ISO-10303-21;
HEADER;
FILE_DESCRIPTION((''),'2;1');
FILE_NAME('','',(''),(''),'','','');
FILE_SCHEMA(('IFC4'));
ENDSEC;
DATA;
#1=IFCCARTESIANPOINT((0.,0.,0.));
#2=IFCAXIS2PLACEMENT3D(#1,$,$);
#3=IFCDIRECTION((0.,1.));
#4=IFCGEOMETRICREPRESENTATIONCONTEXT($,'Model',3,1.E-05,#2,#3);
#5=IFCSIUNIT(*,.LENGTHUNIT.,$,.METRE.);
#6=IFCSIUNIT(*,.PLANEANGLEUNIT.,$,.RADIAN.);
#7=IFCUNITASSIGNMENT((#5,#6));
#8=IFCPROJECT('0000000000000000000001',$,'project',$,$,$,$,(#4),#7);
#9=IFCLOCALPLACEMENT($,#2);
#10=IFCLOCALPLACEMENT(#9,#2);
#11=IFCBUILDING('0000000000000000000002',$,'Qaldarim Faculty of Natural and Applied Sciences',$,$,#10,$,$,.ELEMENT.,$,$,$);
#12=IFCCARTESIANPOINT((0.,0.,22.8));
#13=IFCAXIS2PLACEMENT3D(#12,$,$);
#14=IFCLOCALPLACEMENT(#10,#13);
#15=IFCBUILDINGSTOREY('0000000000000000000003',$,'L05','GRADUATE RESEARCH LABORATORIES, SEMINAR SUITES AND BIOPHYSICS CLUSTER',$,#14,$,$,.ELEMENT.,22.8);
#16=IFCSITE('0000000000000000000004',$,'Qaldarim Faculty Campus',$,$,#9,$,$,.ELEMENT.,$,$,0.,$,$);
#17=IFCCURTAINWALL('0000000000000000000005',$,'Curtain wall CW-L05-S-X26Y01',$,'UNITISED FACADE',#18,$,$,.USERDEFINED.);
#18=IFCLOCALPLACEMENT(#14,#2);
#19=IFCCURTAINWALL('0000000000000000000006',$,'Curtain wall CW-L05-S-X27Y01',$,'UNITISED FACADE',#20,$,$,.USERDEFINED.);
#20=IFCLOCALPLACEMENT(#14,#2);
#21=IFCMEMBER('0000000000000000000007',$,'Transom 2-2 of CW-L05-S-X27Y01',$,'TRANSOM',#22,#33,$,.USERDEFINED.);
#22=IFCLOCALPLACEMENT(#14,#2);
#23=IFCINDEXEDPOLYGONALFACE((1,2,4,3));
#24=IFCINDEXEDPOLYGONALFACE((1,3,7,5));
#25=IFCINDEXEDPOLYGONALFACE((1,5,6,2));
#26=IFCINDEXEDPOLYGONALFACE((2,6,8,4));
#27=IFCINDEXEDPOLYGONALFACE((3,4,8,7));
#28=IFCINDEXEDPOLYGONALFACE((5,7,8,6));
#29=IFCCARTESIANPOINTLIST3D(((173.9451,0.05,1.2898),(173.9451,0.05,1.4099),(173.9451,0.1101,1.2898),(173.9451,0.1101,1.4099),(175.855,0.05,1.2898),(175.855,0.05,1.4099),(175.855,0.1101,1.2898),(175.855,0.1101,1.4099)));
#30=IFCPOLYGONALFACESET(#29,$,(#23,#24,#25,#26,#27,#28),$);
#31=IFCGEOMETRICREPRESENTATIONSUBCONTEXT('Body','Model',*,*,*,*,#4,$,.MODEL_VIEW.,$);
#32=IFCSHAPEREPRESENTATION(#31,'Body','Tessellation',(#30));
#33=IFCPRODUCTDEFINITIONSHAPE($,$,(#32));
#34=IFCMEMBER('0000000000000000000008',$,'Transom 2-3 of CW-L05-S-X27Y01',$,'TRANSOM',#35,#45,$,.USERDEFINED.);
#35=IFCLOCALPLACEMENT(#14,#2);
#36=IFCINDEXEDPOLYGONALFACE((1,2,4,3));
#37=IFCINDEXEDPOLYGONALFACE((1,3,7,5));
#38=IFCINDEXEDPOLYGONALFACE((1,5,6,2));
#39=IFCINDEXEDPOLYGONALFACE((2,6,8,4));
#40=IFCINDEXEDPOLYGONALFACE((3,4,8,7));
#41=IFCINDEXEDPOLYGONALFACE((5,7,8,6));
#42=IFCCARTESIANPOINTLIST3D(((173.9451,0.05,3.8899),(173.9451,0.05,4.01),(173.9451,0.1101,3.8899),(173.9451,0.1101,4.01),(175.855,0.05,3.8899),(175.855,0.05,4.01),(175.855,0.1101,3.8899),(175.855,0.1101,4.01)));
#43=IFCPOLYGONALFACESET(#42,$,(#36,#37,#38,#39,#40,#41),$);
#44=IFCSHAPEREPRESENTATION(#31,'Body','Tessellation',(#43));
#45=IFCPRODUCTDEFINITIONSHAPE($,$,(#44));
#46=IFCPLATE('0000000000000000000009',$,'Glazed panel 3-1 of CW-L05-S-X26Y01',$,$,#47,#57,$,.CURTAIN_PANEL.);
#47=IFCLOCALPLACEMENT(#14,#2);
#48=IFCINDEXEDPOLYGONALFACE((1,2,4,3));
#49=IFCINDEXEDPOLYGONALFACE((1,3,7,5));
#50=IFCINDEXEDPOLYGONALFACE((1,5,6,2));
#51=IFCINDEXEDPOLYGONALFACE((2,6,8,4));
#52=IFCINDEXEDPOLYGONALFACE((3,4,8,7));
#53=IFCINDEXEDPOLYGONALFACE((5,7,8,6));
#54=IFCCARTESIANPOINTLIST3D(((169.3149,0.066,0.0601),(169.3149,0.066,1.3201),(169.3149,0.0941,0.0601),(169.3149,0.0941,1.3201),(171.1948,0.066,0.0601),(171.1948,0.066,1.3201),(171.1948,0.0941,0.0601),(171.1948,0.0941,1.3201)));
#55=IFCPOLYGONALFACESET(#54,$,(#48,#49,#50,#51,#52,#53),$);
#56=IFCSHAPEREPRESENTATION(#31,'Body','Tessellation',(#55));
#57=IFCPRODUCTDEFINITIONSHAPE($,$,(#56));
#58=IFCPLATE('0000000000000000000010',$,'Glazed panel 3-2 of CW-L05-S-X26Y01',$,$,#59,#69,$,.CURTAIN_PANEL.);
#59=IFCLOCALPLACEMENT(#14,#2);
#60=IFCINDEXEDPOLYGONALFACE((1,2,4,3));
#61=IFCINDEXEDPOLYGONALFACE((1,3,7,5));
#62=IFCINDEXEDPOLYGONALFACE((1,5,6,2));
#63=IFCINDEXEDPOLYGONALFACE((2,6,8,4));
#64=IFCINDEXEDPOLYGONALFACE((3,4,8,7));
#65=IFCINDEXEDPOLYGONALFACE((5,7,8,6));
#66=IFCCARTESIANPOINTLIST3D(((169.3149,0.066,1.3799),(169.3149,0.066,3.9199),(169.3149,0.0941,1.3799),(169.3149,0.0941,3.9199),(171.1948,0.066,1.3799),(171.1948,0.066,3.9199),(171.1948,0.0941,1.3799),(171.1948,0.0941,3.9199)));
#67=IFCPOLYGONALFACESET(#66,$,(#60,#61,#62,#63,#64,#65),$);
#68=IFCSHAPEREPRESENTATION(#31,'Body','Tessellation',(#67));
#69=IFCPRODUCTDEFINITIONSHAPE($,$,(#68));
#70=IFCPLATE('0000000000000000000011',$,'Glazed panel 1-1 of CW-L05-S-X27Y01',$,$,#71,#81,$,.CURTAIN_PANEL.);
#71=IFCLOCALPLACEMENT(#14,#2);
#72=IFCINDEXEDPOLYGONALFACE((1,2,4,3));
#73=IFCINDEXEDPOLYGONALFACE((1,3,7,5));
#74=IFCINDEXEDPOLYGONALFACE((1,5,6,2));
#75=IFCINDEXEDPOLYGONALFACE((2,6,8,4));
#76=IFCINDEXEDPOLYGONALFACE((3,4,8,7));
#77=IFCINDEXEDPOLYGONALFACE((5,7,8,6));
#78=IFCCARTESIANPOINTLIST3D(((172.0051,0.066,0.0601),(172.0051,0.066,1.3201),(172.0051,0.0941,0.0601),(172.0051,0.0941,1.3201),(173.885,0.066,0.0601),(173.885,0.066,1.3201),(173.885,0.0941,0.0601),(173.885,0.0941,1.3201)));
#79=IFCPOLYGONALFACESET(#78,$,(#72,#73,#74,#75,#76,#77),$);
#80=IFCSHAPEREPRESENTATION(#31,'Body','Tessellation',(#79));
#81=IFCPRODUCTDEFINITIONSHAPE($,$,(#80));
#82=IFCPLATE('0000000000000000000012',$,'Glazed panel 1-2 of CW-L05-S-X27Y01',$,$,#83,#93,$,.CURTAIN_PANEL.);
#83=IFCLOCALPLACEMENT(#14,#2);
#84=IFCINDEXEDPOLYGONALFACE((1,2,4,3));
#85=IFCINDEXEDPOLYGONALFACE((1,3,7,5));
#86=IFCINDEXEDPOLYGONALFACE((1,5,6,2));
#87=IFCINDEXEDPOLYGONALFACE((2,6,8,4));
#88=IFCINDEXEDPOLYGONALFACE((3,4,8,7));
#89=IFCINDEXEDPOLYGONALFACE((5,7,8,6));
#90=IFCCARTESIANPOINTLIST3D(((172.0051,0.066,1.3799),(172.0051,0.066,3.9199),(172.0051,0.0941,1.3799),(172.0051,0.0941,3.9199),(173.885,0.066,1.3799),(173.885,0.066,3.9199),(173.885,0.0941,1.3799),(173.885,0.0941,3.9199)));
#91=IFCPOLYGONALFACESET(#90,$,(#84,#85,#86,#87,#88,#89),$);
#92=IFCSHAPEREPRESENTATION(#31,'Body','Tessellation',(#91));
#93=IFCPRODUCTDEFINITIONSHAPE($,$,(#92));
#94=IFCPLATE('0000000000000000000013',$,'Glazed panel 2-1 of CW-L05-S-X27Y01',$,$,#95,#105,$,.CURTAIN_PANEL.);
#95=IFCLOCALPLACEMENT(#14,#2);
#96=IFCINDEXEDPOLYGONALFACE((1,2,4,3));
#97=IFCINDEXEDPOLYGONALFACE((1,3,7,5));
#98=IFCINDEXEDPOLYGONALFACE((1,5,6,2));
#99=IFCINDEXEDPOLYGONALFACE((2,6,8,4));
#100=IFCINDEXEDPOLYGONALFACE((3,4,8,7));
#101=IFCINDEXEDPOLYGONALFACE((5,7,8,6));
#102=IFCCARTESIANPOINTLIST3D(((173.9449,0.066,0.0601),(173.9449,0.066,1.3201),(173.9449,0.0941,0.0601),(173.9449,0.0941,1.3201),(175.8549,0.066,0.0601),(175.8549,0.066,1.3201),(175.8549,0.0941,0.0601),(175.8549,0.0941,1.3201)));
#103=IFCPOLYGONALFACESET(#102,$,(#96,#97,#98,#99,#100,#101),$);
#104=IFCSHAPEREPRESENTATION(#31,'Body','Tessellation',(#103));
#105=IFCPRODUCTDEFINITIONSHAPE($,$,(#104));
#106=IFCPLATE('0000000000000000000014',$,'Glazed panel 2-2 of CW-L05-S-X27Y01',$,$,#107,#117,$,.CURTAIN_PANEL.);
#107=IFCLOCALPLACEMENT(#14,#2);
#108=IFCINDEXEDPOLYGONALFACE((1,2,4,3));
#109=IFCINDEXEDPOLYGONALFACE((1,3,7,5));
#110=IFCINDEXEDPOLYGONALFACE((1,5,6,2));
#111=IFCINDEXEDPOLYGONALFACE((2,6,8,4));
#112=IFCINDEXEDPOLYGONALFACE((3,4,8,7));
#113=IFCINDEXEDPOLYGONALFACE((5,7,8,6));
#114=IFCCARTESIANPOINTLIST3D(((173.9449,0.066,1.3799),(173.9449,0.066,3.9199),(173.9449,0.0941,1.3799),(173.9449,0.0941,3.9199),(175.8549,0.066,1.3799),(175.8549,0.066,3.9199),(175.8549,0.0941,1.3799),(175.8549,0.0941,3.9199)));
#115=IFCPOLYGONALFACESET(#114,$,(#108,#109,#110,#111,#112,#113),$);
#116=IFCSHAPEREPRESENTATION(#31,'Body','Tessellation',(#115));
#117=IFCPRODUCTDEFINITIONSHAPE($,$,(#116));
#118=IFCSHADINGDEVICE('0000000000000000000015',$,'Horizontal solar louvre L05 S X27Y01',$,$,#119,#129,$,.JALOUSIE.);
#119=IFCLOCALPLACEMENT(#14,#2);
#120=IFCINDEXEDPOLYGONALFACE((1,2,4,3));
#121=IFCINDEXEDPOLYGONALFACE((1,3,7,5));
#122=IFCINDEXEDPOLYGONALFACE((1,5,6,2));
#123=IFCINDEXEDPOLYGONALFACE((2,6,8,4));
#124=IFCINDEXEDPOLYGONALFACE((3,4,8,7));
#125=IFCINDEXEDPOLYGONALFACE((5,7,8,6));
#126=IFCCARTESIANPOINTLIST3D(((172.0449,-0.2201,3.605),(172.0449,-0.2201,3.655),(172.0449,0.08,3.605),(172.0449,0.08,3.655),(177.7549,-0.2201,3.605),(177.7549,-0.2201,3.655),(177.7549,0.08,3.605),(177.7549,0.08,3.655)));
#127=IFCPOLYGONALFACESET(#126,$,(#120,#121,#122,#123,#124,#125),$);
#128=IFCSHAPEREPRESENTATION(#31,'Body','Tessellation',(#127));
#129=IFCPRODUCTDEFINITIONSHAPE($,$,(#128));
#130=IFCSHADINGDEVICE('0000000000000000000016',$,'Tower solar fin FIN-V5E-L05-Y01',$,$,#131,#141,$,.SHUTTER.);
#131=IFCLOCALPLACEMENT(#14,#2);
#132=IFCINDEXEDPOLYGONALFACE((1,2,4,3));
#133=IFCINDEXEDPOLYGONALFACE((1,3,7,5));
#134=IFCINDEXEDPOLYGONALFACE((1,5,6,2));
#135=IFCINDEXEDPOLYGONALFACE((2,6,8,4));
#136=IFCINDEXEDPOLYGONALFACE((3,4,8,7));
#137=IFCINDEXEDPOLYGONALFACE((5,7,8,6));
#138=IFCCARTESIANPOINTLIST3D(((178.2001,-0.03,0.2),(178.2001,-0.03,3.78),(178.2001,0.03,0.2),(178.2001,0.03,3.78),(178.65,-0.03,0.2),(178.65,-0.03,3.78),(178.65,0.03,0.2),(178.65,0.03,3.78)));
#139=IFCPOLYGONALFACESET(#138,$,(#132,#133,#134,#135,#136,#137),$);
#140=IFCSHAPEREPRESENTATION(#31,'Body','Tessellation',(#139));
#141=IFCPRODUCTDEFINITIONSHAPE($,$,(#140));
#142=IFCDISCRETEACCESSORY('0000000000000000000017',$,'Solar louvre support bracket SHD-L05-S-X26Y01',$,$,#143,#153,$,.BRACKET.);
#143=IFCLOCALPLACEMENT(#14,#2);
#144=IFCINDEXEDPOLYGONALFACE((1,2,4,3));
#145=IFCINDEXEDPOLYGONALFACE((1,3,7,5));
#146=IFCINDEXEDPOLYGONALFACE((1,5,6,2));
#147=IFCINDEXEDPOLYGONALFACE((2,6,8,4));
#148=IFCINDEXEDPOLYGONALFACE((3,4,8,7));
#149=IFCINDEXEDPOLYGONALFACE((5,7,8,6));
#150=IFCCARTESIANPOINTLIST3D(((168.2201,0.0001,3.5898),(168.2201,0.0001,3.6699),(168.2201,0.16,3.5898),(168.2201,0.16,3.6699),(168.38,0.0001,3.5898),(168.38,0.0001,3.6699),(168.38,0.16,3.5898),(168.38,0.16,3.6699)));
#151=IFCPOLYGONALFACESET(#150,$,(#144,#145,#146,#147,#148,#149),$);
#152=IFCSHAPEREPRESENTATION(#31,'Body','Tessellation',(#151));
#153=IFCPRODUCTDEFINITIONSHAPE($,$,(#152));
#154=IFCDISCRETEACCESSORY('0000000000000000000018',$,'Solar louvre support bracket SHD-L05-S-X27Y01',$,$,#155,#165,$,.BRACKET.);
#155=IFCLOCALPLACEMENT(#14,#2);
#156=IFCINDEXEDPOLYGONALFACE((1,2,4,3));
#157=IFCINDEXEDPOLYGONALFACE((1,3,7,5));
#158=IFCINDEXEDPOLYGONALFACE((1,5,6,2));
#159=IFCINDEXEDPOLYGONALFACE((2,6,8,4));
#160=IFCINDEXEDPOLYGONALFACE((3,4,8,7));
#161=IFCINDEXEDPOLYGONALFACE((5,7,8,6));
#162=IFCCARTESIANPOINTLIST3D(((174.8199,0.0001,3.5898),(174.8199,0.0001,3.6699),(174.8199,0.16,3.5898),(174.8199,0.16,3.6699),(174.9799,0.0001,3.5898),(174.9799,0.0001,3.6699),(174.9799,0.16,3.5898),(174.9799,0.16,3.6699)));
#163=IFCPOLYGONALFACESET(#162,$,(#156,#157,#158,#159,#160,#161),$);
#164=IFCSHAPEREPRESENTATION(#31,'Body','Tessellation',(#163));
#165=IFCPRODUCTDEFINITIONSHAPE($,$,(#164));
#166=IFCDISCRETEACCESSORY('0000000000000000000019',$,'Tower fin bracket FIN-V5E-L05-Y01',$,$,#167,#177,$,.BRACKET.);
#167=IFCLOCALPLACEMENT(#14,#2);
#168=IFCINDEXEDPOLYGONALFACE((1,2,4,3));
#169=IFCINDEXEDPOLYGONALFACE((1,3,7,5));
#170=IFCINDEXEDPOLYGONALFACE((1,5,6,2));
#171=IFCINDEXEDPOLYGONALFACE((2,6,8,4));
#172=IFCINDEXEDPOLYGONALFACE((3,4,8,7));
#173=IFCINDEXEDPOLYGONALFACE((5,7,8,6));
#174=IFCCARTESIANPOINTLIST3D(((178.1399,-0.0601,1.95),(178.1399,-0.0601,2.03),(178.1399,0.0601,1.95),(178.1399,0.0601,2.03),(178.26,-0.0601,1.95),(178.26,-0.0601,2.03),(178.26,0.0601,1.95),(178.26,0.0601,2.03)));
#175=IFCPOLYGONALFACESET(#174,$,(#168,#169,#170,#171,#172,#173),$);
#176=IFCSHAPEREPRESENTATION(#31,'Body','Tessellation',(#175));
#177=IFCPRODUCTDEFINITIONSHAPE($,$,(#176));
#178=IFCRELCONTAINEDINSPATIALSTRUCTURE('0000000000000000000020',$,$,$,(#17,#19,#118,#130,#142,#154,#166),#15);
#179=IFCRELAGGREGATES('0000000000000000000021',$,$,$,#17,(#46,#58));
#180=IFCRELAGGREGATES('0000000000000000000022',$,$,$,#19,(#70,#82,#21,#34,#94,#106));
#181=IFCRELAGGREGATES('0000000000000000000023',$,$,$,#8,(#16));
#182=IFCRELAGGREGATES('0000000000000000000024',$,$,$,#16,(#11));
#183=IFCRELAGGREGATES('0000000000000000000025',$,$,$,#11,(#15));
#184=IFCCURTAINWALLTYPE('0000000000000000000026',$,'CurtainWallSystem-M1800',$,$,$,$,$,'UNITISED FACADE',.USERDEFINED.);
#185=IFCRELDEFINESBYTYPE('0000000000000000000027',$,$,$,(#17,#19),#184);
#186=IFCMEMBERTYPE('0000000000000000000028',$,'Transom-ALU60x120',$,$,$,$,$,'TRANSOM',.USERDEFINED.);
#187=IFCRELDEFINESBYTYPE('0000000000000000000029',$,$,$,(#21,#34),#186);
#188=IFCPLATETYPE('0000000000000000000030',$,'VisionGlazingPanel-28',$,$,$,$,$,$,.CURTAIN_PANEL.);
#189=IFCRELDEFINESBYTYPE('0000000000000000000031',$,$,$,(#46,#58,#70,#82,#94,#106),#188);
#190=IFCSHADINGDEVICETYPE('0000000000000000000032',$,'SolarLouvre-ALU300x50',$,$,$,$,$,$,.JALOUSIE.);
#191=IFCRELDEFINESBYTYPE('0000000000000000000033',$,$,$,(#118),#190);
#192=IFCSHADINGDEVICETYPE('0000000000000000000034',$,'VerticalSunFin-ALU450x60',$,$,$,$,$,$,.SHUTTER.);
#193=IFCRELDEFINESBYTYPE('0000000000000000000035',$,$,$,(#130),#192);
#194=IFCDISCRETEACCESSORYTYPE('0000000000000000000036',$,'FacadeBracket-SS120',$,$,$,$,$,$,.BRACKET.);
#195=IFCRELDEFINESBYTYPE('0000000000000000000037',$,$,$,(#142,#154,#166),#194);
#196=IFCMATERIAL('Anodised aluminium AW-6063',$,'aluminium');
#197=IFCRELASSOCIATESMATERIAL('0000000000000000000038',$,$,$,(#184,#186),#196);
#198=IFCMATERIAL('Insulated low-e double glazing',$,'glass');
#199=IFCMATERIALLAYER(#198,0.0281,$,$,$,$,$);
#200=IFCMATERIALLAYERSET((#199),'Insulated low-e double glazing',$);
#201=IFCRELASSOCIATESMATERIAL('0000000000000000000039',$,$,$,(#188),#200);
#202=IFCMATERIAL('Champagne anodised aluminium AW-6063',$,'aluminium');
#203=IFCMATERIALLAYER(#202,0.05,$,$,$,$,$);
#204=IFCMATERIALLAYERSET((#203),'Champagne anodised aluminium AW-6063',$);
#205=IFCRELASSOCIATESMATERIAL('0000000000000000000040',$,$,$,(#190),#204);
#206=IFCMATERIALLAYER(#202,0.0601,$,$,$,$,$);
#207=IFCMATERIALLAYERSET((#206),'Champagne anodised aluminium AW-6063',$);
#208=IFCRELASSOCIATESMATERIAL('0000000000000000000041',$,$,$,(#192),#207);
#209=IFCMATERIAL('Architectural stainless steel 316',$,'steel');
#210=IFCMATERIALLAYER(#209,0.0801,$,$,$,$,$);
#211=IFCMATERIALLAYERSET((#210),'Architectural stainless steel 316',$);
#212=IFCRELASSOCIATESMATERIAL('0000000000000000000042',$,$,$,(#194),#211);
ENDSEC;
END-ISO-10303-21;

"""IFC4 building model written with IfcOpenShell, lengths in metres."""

from ifc_helpers import new_model, si_unit, direction, frame, origin, origin_2d, place, context, subcontext, project, spatial, rectangle, extrude, material, layer, layer_set, material_profile, profile_set, type_object, element, aggregate, save


model = new_model("IFC4")

# Units and contexts
model_context = context("Model", 3, precision=1e-05, world=origin(), true_north=direction((0.0, 1.0)))
body_context = subcontext(model_context, "Body", "Model", "MODEL_VIEW")
ifc_project = project(units=[si_unit("LENGTHUNIT", "METRE"), si_unit("PLANEANGLEUNIT", "RADIAN")], contexts=[model_context])

# Site, building, storey
site_placement = place(None, origin())
site = spatial("IfcSite", under=ifc_project, at=site_placement, Name="Qaldarim Faculty Campus", CompositionType="ELEMENT", RefElevation=0.0)
building_placement = place(site_placement, origin())
building = spatial("IfcBuilding", under=site, at=building_placement, Name="Qaldarim Faculty of Natural and Applied Sciences", CompositionType="ELEMENT")
storey_placement = place(building_placement, frame((0.0, 0.0, 22.8)))
storey = spatial("IfcBuildingStorey", under=building, at=storey_placement, Name="L05", Description="GRADUATE RESEARCH LABORATORIES, SEMINAR SUITES AND BIOPHYSICS CLUSTER", CompositionType="ELEMENT", Elevation=22.8)

# Curtain walls
ifc_material_1 = material(Name="Anodised aluminium AW-6063", Category="aluminium")
curtain_wall_type = type_object("IfcCurtainWallType", Name="CurtainWallSystem-M1800", ElementType="UNITISED FACADE", PredefinedType="USERDEFINED", material=ifc_material_1)
curtain_wall_1_placement = place(storey_placement, origin())
curtain_wall_1 = element("IfcCurtainWall", 1, at=curtain_wall_1_placement, inside=storey, type_object=curtain_wall_type, Name="Curtain wall CW-L05-S-X26Y01", ObjectType="UNITISED FACADE", PredefinedType="USERDEFINED")
curtain_wall_2_placement = place(storey_placement, origin())
curtain_wall_2 = element("IfcCurtainWall", 2, at=curtain_wall_2_placement, inside=storey, type_object=curtain_wall_type, Name="Curtain wall CW-L05-S-X27Y01", ObjectType="UNITISED FACADE", PredefinedType="USERDEFINED")

# Members
ifc_material_profile_1 = material_profile(ifc_material_1, rectangle(XDim=0.0601, YDim=0.1201, at=origin_2d()), Name="ALU-T60x120")
ifc_profile_set_1 = profile_set([ifc_material_profile_1], Name="Anodised aluminium AW-6063")
member_type_1 = type_object("IfcMemberType", Name="Transom-ALU60x120", ElementType="TRANSOM", PredefinedType="USERDEFINED", material=ifc_profile_set_1)
member_1_placement = place(storey_placement, frame((173.9451, 0.0801, 1.3499), z_axis=(1.0, 0.0, 0.0), x_axis=(0.0, 1.0, 0.0)))
member_1 = element("IfcMember", 3, at=member_1_placement, type_object=member_type_1, Name="Transom 2-2 of CW-L05-S-X27Y01", ObjectType="TRANSOM", PredefinedType="USERDEFINED", context=body_context, shape_type="SweptSolid", body=[
    extrude(rectangle(XDim=0.0601, YDim=0.1201, at=origin_2d()), origin(), (0.0, 0.0, 1.0), 1.9099),
])
member_2_placement = place(storey_placement, frame((173.9451, 0.0801, 3.95), z_axis=(1.0, 0.0, 0.0), x_axis=(0.0, 1.0, 0.0)))
member_2 = element("IfcMember", 4, at=member_2_placement, type_object=member_type_1, Name="Transom 2-3 of CW-L05-S-X27Y01", ObjectType="TRANSOM", PredefinedType="USERDEFINED", context=body_context, shape_type="SweptSolid", body=[
    extrude(rectangle(XDim=0.0601, YDim=0.1201, at=origin_2d()), origin(), (0.0, 0.0, 1.0), 1.9099),
])

# Plates
ifc_material_2 = material(Name="Insulated low-e double glazing", Category="glass")
ifc_layer_1 = layer(ifc_material_2, 0.0281)
ifc_layer_set_1 = layer_set([ifc_layer_1], Name="Insulated low-e double glazing")
plate_type = type_object("IfcPlateType", Name="VisionGlazingPanel-28", PredefinedType="CURTAIN_PANEL", material=ifc_layer_set_1)
plate_1_placement = place(storey_placement, frame((170.2549, 0.0801, 0.0601), z_axis=(0.0, 0.0, 1.0), x_axis=(1.0, 0.0, 0.0)))
plate_1 = element("IfcPlate", 5, at=plate_1_placement, type_object=plate_type, Name="Glazed panel 3-1 of CW-L05-S-X26Y01", PredefinedType="CURTAIN_PANEL", context=body_context, shape_type="SweptSolid", body=[
    extrude(rectangle(XDim=1.8799, YDim=0.0281, at=origin_2d()), origin(), (0.0, 0.0, 1.0), 1.26),
])
plate_2_placement = place(storey_placement, frame((170.2549, 0.0801, 1.3799), z_axis=(0.0, 0.0, 1.0), x_axis=(1.0, 0.0, 0.0)))
plate_2 = element("IfcPlate", 6, at=plate_2_placement, type_object=plate_type, Name="Glazed panel 3-2 of CW-L05-S-X26Y01", PredefinedType="CURTAIN_PANEL", context=body_context, shape_type="SweptSolid", body=[
    extrude(rectangle(XDim=1.8799, YDim=0.0281, at=origin_2d()), origin(), (0.0, 0.0, 1.0), 2.54),
])
aggregate(curtain_wall_1, [plate_1, plate_2])
plate_3_placement = place(storey_placement, frame((172.9451, 0.0801, 0.0601), z_axis=(0.0, 0.0, 1.0), x_axis=(1.0, 0.0, 0.0)))
plate_3 = element("IfcPlate", 7, at=plate_3_placement, type_object=plate_type, Name="Glazed panel 1-1 of CW-L05-S-X27Y01", PredefinedType="CURTAIN_PANEL", context=body_context, shape_type="SweptSolid", body=[
    extrude(rectangle(XDim=1.8799, YDim=0.0281, at=origin_2d()), origin(), (0.0, 0.0, 1.0), 1.26),
])
plate_4_placement = place(storey_placement, frame((172.9451, 0.0801, 1.3799), z_axis=(0.0, 0.0, 1.0), x_axis=(1.0, 0.0, 0.0)))
plate_4 = element("IfcPlate", 8, at=plate_4_placement, type_object=plate_type, Name="Glazed panel 1-2 of CW-L05-S-X27Y01", PredefinedType="CURTAIN_PANEL", context=body_context, shape_type="SweptSolid", body=[
    extrude(rectangle(XDim=1.8799, YDim=0.0281, at=origin_2d()), origin(), (0.0, 0.0, 1.0), 2.54),
])
plate_5_placement = place(storey_placement, frame((174.8999, 0.0801, 0.0601), z_axis=(0.0, 0.0, 1.0), x_axis=(1.0, 0.0, 0.0)))
plate_5 = element("IfcPlate", 9, at=plate_5_placement, type_object=plate_type, Name="Glazed panel 2-1 of CW-L05-S-X27Y01", PredefinedType="CURTAIN_PANEL", context=body_context, shape_type="SweptSolid", body=[
    extrude(rectangle(XDim=1.9099, YDim=0.0281, at=origin_2d()), origin(), (0.0, 0.0, 1.0), 1.26),
])
plate_6_placement = place(storey_placement, frame((174.8999, 0.0801, 1.3799), z_axis=(0.0, 0.0, 1.0), x_axis=(1.0, 0.0, 0.0)))
plate_6 = element("IfcPlate", 10, at=plate_6_placement, type_object=plate_type, Name="Glazed panel 2-2 of CW-L05-S-X27Y01", PredefinedType="CURTAIN_PANEL", context=body_context, shape_type="SweptSolid", body=[
    extrude(rectangle(XDim=1.9099, YDim=0.0281, at=origin_2d()), origin(), (0.0, 0.0, 1.0), 2.54),
])
aggregate(curtain_wall_2, [plate_3, plate_4, member_1, member_2, plate_5, plate_6])

# Shading devices
ifc_material_3 = material(Name="Champagne anodised aluminium AW-6063", Category="aluminium")
ifc_layer_2 = layer(ifc_material_3, 0.05)
ifc_layer_set_2 = layer_set([ifc_layer_2], Name="Champagne anodised aluminium AW-6063")
shading_device_type_1 = type_object("IfcShadingDeviceType", Name="SolarLouvre-ALU300x50", PredefinedType="JALOUSIE", material=ifc_layer_set_2)
shading_device_1_placement = place(storey_placement, frame((174.8999, -0.0701, 3.605), z_axis=(0.0, 0.0, 1.0), x_axis=(1.0, 0.0, 0.0)))
element("IfcShadingDevice", 11, at=shading_device_1_placement, inside=storey, type_object=shading_device_type_1, Name="Horizontal solar louvre L05 S X27Y01", PredefinedType="JALOUSIE", context=body_context, shape_type="SweptSolid", body=[
    extrude(rectangle(XDim=5.71, YDim=0.3, at=origin_2d()), origin(), (0.0, 0.0, 1.0), 0.05),
])
ifc_layer_3 = layer(ifc_material_3, 0.0601)
ifc_layer_set_3 = layer_set([ifc_layer_3], Name="Champagne anodised aluminium AW-6063")
shading_device_type_2 = type_object("IfcShadingDeviceType", Name="VerticalSunFin-ALU450x60", PredefinedType="SHUTTER", material=ifc_layer_set_3)
shading_device_2_placement = place(storey_placement, frame((178.425, 0.0, 0.2), z_axis=(0.0, 0.0, 1.0), x_axis=(1.0, 0.0, 0.0)))
element("IfcShadingDevice", 12, at=shading_device_2_placement, inside=storey, type_object=shading_device_type_2, Name="Tower solar fin FIN-V5E-L05-Y01", PredefinedType="SHUTTER", context=body_context, shape_type="SweptSolid", body=[
    extrude(rectangle(XDim=0.45, YDim=0.0601, at=origin_2d()), origin(), (0.0, 0.0, 1.0), 3.5801),
])

# Discrete accessories
ifc_material_4 = material(Name="Architectural stainless steel 316", Category="steel")
ifc_layer_4 = layer(ifc_material_4, 0.0801)
ifc_layer_set_4 = layer_set([ifc_layer_4], Name="Architectural stainless steel 316")
discrete_accessory_type = type_object("IfcDiscreteAccessoryType", Name="FacadeBracket-SS120", PredefinedType="BRACKET", material=ifc_layer_set_4)
for number, where, z_axis, x_axis, name in (
    (13, (168.3, 0.0801, 3.5898), (0.0, 0.0, 1.0), (1.0, 0.0, 0.0), "Solar louvre support bracket SHD-L05-S-X26Y01"),
    (14, (174.8999, 0.0801, 3.5898), (0.0, 0.0, 1.0), (1.0, 0.0, 0.0), "Solar louvre support bracket SHD-L05-S-X27Y01"),
):
    element("IfcDiscreteAccessory", number, at=place(storey_placement, frame(where, z_axis=z_axis, x_axis=x_axis)), inside=storey, type_object=discrete_accessory_type, Name=name, PredefinedType="BRACKET", context=body_context, shape_type="SweptSolid", body=[
        extrude(rectangle(XDim=0.1599, YDim=0.1599, at=origin_2d()), origin(), (0.0, 0.0, 1.0), 0.0801),
    ])
discrete_accessory_placement = place(storey_placement, frame((178.2, 0.0, 1.95), z_axis=(0.0, 0.0, 1.0), x_axis=(1.0, 0.0, 0.0)))
element("IfcDiscreteAccessory", 15, at=discrete_accessory_placement, inside=storey, type_object=discrete_accessory_type, Name="Tower fin bracket FIN-V5E-L05-Y01", PredefinedType="BRACKET", context=body_context, shape_type="SweptSolid", body=[
    extrude(rectangle(XDim=0.1201, YDim=0.1201, at=origin_2d()), origin(), (0.0, 0.0, 1.0), 0.0801),
])

save(model, "model.ifc")
